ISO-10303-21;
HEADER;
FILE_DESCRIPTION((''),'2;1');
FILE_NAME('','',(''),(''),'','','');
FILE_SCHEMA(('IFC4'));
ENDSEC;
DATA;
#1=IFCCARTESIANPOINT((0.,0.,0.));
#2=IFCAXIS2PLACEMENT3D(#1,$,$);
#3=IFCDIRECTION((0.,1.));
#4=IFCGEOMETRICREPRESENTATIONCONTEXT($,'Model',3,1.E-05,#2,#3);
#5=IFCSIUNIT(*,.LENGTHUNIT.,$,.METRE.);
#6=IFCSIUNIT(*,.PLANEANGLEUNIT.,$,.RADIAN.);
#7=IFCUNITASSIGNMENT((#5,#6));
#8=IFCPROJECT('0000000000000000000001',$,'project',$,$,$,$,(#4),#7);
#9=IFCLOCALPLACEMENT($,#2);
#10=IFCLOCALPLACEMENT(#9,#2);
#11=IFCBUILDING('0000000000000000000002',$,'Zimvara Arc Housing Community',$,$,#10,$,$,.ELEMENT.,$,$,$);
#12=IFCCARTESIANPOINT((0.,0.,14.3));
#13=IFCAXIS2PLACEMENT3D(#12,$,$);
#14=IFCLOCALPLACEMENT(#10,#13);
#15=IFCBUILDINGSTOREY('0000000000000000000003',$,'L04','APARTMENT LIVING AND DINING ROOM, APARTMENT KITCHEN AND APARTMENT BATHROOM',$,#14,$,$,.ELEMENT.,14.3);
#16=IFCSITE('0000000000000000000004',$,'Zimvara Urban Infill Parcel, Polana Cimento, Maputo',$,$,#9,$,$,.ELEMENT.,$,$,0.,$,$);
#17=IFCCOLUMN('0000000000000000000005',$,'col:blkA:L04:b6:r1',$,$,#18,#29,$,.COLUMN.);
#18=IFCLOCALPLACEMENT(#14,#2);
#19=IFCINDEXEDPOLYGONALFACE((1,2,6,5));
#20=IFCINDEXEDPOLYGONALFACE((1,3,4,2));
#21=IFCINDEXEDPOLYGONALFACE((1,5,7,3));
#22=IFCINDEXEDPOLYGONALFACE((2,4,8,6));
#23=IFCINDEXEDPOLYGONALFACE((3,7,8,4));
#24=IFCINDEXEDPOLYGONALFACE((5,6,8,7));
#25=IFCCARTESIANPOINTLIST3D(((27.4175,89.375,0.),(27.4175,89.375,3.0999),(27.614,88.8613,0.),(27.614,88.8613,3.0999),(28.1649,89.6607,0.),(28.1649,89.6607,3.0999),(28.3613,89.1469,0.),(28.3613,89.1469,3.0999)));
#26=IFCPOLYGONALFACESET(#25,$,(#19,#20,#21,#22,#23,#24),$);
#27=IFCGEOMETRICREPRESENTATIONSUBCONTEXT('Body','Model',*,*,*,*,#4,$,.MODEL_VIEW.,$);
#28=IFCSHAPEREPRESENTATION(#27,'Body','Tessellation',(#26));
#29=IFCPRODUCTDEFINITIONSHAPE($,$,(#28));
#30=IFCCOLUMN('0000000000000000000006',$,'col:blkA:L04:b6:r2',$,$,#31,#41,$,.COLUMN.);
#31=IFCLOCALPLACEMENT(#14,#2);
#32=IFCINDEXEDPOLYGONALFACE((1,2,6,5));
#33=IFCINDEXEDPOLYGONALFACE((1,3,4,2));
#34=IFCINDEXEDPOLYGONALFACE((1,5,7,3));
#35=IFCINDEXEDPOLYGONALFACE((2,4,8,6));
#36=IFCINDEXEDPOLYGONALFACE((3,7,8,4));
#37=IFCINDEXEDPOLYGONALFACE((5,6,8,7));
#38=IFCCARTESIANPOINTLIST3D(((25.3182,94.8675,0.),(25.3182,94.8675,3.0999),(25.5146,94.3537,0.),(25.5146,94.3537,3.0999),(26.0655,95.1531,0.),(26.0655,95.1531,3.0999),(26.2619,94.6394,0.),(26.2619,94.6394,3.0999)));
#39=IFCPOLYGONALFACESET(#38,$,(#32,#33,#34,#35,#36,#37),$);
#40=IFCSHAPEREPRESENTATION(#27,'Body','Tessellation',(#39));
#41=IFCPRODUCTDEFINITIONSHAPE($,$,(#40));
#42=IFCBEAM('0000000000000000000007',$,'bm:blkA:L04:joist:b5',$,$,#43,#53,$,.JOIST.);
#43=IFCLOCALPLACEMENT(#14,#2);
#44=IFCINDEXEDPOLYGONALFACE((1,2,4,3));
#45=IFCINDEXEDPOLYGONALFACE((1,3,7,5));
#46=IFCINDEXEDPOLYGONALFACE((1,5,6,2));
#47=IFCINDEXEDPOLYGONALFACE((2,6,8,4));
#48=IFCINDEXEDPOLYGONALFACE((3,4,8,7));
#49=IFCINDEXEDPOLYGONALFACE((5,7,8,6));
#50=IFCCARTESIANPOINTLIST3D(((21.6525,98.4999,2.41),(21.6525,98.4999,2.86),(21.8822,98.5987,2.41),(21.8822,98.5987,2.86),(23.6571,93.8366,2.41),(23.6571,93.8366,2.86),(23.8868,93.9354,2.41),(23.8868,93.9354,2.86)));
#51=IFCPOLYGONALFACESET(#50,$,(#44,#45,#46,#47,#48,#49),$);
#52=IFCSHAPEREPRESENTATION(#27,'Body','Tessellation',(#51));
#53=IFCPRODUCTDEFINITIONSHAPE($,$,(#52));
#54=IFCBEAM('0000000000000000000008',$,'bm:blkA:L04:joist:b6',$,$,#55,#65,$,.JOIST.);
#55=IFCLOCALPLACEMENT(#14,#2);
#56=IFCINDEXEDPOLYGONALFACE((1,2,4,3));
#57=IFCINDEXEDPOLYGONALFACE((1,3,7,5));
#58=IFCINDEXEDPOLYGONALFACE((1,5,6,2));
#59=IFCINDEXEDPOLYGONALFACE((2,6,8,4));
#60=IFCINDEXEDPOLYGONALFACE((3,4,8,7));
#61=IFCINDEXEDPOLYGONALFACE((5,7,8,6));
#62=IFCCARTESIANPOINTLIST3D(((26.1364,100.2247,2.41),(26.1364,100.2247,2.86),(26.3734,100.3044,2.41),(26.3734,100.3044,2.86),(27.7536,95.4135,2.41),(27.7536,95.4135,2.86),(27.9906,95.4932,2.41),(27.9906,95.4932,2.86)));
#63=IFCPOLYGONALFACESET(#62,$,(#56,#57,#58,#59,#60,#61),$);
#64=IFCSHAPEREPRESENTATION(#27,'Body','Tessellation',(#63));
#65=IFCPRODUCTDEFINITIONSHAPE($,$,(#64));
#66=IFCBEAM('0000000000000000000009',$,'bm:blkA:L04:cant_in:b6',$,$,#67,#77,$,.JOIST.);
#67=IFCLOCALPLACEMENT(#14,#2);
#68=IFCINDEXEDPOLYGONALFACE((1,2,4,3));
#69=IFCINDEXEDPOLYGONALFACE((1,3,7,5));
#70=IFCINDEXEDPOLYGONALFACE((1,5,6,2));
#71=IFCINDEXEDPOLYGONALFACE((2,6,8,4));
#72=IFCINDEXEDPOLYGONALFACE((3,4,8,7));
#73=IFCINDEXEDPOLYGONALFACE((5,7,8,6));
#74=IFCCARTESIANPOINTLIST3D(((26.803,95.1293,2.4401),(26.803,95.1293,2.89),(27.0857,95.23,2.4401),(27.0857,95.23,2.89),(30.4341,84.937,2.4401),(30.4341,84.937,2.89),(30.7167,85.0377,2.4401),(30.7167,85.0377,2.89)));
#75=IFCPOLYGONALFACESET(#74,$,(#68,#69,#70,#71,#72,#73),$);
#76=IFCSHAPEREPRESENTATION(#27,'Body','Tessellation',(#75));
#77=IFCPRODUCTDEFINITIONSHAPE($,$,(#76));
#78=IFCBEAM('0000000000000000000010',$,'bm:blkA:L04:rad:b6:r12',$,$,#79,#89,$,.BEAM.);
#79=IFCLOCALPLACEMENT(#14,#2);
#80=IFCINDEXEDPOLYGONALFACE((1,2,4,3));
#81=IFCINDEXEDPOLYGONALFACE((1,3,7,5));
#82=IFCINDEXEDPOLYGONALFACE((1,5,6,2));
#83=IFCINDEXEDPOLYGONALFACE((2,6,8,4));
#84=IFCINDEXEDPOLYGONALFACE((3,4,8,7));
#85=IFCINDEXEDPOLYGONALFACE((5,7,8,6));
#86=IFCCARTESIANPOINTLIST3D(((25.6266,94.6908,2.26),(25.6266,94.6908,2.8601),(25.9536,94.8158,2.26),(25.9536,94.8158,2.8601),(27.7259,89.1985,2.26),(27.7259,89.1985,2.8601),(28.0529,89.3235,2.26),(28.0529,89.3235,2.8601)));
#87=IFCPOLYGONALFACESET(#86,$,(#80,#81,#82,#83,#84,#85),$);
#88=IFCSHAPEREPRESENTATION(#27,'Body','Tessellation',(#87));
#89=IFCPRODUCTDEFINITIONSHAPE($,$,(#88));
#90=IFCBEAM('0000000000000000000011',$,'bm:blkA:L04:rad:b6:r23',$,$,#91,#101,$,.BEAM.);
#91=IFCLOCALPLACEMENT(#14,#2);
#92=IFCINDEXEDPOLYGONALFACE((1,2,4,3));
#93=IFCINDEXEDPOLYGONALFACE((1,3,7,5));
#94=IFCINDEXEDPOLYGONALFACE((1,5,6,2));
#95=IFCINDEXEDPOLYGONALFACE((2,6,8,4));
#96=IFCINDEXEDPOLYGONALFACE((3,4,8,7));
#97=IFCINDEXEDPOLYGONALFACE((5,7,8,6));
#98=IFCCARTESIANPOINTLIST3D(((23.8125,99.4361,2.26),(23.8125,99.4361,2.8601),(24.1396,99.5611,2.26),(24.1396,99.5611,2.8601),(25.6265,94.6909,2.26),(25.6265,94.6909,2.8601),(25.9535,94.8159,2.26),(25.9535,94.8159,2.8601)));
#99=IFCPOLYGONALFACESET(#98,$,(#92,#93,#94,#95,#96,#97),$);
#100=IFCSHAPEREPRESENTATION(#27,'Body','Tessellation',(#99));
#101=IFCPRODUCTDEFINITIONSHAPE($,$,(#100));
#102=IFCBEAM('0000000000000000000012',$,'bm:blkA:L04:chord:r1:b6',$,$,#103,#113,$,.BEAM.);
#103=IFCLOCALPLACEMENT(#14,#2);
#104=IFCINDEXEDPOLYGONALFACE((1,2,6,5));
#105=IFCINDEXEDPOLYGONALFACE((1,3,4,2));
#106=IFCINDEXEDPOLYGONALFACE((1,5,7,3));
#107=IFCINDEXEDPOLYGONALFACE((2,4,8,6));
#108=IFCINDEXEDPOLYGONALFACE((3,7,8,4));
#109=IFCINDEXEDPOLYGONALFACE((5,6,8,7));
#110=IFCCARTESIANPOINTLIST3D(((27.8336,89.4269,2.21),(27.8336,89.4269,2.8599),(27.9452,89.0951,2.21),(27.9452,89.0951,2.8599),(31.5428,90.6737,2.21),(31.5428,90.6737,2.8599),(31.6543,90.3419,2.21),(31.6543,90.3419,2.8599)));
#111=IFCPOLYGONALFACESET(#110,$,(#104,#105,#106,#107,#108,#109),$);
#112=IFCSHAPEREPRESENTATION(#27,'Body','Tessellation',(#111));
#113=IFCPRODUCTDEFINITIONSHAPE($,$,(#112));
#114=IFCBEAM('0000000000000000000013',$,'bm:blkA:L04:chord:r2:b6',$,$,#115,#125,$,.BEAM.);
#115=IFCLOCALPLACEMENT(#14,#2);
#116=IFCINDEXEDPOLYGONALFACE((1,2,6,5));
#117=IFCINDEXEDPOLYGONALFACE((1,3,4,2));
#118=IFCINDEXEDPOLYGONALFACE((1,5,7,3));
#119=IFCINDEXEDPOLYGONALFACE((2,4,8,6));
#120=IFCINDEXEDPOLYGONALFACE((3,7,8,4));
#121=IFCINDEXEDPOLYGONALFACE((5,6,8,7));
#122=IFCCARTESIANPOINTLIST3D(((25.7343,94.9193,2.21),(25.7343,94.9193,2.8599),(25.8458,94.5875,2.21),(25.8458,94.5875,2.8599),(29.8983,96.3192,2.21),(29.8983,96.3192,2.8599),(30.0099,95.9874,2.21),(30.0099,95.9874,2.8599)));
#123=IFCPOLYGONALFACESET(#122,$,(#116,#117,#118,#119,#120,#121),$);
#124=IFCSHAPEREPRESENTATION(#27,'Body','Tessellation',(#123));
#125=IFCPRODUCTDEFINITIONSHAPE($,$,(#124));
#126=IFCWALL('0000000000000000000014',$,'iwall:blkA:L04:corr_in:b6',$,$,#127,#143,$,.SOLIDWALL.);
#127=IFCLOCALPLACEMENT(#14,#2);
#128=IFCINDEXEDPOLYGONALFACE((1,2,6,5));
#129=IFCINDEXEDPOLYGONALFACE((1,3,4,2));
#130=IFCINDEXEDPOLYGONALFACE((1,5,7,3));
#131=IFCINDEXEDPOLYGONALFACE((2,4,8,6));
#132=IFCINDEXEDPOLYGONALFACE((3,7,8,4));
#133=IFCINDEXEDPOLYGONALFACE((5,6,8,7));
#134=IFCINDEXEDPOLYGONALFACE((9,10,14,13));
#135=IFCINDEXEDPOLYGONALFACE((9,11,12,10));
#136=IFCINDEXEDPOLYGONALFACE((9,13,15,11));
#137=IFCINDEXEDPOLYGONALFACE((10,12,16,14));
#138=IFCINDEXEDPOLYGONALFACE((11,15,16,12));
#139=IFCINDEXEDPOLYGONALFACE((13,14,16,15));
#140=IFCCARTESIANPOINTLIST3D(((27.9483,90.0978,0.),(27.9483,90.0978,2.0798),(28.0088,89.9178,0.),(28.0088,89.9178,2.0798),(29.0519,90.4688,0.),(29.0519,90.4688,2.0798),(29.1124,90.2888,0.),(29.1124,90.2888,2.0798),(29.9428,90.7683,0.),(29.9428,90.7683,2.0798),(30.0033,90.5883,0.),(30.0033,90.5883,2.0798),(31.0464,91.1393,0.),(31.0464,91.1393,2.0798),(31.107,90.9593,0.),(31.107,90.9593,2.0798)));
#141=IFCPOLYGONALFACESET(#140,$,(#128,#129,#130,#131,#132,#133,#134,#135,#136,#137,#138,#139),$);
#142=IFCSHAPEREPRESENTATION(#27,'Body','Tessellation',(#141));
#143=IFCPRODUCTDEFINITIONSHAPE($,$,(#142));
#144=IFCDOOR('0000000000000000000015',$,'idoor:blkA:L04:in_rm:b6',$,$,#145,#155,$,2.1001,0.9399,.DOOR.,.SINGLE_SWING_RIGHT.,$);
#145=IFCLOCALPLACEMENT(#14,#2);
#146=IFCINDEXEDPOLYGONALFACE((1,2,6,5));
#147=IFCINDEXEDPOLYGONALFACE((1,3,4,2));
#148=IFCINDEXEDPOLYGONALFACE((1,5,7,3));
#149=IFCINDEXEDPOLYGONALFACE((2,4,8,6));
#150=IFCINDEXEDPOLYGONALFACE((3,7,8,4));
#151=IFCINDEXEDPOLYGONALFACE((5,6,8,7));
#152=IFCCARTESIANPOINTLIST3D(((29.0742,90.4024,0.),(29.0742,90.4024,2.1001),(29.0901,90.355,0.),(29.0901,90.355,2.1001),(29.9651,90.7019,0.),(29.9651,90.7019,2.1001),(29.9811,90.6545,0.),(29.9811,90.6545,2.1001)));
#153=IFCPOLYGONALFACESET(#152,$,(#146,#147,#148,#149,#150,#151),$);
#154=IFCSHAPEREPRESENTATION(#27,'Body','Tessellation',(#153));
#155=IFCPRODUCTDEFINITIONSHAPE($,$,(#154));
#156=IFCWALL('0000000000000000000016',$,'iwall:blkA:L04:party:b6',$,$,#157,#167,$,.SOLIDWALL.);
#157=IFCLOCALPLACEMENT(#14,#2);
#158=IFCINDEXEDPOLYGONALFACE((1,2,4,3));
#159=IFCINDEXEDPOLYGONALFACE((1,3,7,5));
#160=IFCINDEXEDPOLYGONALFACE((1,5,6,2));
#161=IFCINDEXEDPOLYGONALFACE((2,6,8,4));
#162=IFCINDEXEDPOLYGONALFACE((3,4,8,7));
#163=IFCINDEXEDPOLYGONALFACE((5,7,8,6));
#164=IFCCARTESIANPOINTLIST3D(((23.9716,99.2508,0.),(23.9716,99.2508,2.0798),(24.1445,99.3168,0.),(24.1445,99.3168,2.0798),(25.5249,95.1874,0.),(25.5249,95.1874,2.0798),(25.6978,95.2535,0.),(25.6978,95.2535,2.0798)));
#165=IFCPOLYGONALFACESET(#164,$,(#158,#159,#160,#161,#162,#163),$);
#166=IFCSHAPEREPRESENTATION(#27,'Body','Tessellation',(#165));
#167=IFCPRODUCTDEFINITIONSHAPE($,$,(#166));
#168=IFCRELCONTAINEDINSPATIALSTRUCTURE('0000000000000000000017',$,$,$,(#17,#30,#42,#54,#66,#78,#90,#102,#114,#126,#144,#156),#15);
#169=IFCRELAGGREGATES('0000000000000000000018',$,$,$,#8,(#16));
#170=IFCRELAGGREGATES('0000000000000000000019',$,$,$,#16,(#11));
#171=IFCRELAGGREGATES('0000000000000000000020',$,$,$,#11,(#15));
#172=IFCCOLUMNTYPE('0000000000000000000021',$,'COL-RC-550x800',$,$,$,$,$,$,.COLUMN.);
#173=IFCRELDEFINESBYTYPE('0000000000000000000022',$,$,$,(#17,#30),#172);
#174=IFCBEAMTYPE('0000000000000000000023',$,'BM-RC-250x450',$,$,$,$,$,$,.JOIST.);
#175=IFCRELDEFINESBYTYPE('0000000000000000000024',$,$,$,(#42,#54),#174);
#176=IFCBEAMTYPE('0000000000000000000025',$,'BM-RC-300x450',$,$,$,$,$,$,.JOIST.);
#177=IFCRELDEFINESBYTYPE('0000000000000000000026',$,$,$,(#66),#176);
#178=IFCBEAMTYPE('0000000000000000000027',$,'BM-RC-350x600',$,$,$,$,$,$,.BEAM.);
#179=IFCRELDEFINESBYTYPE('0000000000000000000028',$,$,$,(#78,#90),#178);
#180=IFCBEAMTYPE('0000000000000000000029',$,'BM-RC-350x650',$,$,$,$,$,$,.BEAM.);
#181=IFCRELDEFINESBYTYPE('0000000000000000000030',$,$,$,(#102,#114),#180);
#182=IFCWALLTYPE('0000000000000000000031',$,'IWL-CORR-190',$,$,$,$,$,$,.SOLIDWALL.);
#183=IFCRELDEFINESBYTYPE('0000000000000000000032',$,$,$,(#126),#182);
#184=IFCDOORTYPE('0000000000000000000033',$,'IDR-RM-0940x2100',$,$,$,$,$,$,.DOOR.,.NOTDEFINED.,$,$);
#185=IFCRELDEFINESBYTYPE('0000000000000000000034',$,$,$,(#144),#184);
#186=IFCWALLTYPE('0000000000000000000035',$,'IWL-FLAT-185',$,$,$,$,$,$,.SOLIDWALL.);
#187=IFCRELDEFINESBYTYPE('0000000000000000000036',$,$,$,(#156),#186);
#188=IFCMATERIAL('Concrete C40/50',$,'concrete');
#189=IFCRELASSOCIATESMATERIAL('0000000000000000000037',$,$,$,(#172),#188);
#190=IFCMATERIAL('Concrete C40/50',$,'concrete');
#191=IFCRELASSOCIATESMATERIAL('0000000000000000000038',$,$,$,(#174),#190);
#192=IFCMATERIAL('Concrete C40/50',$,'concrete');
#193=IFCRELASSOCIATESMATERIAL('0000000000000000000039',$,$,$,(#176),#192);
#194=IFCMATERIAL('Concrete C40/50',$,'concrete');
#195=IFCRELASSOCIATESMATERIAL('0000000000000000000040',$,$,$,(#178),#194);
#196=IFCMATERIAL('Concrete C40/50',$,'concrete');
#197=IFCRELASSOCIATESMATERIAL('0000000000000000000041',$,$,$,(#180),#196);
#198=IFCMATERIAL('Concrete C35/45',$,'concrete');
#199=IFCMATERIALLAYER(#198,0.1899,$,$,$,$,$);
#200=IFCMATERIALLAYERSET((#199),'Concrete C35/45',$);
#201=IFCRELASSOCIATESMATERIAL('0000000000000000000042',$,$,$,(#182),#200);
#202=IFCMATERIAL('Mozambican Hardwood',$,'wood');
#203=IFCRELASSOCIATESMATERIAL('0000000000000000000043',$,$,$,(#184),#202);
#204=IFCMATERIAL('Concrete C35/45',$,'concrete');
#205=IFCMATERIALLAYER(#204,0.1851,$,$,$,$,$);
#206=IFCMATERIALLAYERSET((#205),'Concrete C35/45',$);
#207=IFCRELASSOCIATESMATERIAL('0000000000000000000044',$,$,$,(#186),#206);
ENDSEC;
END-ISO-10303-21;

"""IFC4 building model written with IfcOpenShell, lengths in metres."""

from ifc_helpers import new_model, si_unit, direction, frame, frame_2d, origin, origin_2d, place, context, subcontext, project, spatial, rectangle, extrude, material, layer, layer_set, material_profile, profile_set, type_object, element, fill, save


model = new_model("IFC4")

# Units and contexts
model_context = context("Model", 3, precision=1e-05, world=origin(), true_north=direction((0.0, 1.0)))
body_context = subcontext(model_context, "Body", "Model", "MODEL_VIEW")
ifc_project = project(units=[si_unit("LENGTHUNIT", "METRE"), si_unit("PLANEANGLEUNIT", "RADIAN")], contexts=[model_context])

# Site, building, storey
site_placement = place(None, origin())
site = spatial("IfcSite", under=ifc_project, at=site_placement, Name="Zimvara Urban Infill Parcel, Polana Cimento, Maputo", CompositionType="ELEMENT", RefElevation=0.0)
building_placement = place(site_placement, origin())
building = spatial("IfcBuilding", under=site, at=building_placement, Name="Zimvara Arc Housing Community", CompositionType="ELEMENT")
storey_placement = place(building_placement, frame((0.0, 0.0, 14.3)))
storey = spatial("IfcBuildingStorey", under=building, at=storey_placement, Name="L04", Description="APARTMENT LIVING AND DINING ROOM, APARTMENT KITCHEN AND APARTMENT BATHROOM", CompositionType="ELEMENT", Elevation=14.3)

# Columns
ifc_material_1 = material(Name="Concrete C40/50", Category="concrete")
ifc_material_profile_1 = material_profile(ifc_material_1, rectangle(XDim=0.55, YDim=0.8, at=origin_2d()), Name="RC 550x800")
ifc_profile_set_1 = profile_set([ifc_material_profile_1], Name="Concrete C40/50")
column_type = type_object("IfcColumnType", Name="COL-RC-550x800", PredefinedType="COLUMN", material=ifc_profile_set_1)
for number, where, z_axis, x_axis, name in (
    (1, (27.8894, 89.261, 0.0), (0.0, 0.0, 1.0), (-0.357064, 0.93408, 0.0), "col:blkA:L04:b6:r1"),
    (2, (25.79, 94.7534, 0.0), (0.0, 0.0, 1.0), (-0.357064, 0.93408, 0.0), "col:blkA:L04:b6:r2"),
):
    element("IfcColumn", number, at=place(storey_placement, frame(where, z_axis=z_axis, x_axis=x_axis)), inside=storey, type_object=column_type, Name=name, PredefinedType="COLUMN", context=body_context, shape_type="SweptSolid", body=[
        extrude(rectangle(XDim=0.55, YDim=0.8, at=origin_2d()), origin(), (0.0, 0.0, 1.0), 3.0999),
    ])

# Beams
ifc_material_2 = material(Name="Concrete C40/50", Category="concrete")
ifc_material_profile_2 = material_profile(ifc_material_2, rectangle(XDim=0.25, YDim=0.45, at=origin_2d()), Name="RC 250x450")
ifc_profile_set_2 = profile_set([ifc_material_profile_2], Name="Concrete C40/50")
beam_type_1 = type_object("IfcBeamType", Name="BM-RC-250x450", PredefinedType="JOIST", material=ifc_profile_set_2)
beam_1_placement = place(storey_placement, frame((23.772, 93.886, 2.635), z_axis=(-0.394929, 0.918712, 0.0), x_axis=(-0.918712, -0.394929, 0.0)))
element("IfcBeam", 3, at=beam_1_placement, inside=storey, type_object=beam_type_1, Name="bm:blkA:L04:joist:b5", PredefinedType="JOIST", context=body_context, shape_type="SweptSolid", body=[
    extrude(rectangle(XDim=0.25, YDim=0.45, at=origin_2d()), origin(), (0.0, 0.0, 1.0), 5.0759),
])
beam_2_placement = place(storey_placement, frame((27.8721, 95.4534, 2.635), z_axis=(-0.318608, 0.947887, 0.0), x_axis=(-0.947887, -0.318608, 0.0)))
element("IfcBeam", 4, at=beam_2_placement, inside=storey, type_object=beam_type_1, Name="bm:blkA:L04:joist:b6", PredefinedType="JOIST", context=body_context, shape_type="SweptSolid", body=[
    extrude(rectangle(XDim=0.25, YDim=0.45, at=origin_2d()), origin(), (0.0, 0.0, 1.0), 5.0757),
])
ifc_material_3 = material(Name="Concrete C40/50", Category="concrete")
ifc_material_profile_3 = material_profile(ifc_material_3, rectangle(XDim=0.3, YDim=0.45, at=origin_2d()), Name="RC 300x450")
ifc_profile_set_3 = profile_set([ifc_material_profile_3], Name="Concrete C40/50")
beam_type_2 = type_object("IfcBeamType", Name="BM-RC-300x450", PredefinedType="JOIST", material=ifc_profile_set_3)
beam_3_placement = place(storey_placement, frame((26.9443, 95.1797, 2.665), z_axis=(0.335596, -0.942006, 0.0), x_axis=(0.942006, 0.335596, 0.0)))
element("IfcBeam", 5, at=beam_3_placement, inside=storey, type_object=beam_type_2, Name="bm:blkA:L04:cant_in:b6", PredefinedType="JOIST", context=body_context, shape_type="SweptSolid", body=[
    extrude(rectangle(XDim=0.3, YDim=0.45, at=origin_2d()), origin(), (0.0, 0.0, 1.0), 10.8198),
])
ifc_material_4 = material(Name="Concrete C40/50", Category="concrete")
ifc_material_profile_4 = material_profile(ifc_material_4, rectangle(XDim=0.3501, YDim=0.6001, at=origin_2d()), Name="RC 350x600")
ifc_profile_set_4 = profile_set([ifc_material_profile_4], Name="Concrete C40/50")
beam_type_3 = type_object("IfcBeamType", Name="BM-RC-350x600", PredefinedType="BEAM", material=ifc_profile_set_4)
beam_4_placement = place(storey_placement, frame((27.8894, 89.261, 2.5601), z_axis=(-0.357036, 0.934091, 0.0), x_axis=(-0.934091, -0.357036, 0.0)))
element("IfcBeam", 6, at=beam_4_placement, inside=storey, type_object=beam_type_3, Name="bm:blkA:L04:rad:b6:r12", PredefinedType="BEAM", context=body_context, shape_type="SweptSolid", body=[
    extrude(rectangle(XDim=0.3501, YDim=0.6001, at=origin_2d()), origin(), (0.0, 0.0, 1.0), 5.8799),
])
beam_5_placement = place(storey_placement, frame((25.79, 94.7534, 2.5601), z_axis=(-0.357078, 0.934074, 0.0), x_axis=(-0.934074, -0.357078, 0.0)))
element("IfcBeam", 7, at=beam_5_placement, inside=storey, type_object=beam_type_3, Name="bm:blkA:L04:rad:b6:r23", PredefinedType="BEAM", context=body_context, shape_type="SweptSolid", body=[
    extrude(rectangle(XDim=0.3501, YDim=0.6001, at=origin_2d()), origin(), (0.0, 0.0, 1.0), 5.0801),
])
ifc_material_5 = material(Name="Concrete C40/50", Category="concrete")
ifc_material_profile_5 = material_profile(ifc_material_5, rectangle(XDim=0.3501, YDim=0.6499, at=origin_2d()), Name="RC 350x650")
ifc_profile_set_5 = profile_set([ifc_material_profile_5], Name="Concrete C40/50")
beam_type_4 = type_object("IfcBeamType", Name="BM-RC-350x650", PredefinedType="BEAM", material=ifc_profile_set_5)
beam_6_placement = place(storey_placement, frame((27.8894, 89.261, 2.5349), z_axis=(0.947882, 0.318623, 0.0), x_axis=(-0.318623, 0.947882, 0.0)))
element("IfcBeam", 8, at=beam_6_placement, inside=storey, type_object=beam_type_4, Name="bm:blkA:L04:chord:r1:b6", PredefinedType="BEAM", context=body_context, shape_type="SweptSolid", body=[
    extrude(rectangle(XDim=0.3501, YDim=0.6499, at=origin_2d()), origin(), (0.0, 0.0, 1.0), 3.9131),
])
beam_7_placement = place(storey_placement, frame((25.79, 94.7534, 2.5349), z_axis=(0.947869, 0.318661, 0.0), x_axis=(-0.318661, 0.947869, 0.0)))
element("IfcBeam", 9, at=beam_7_placement, inside=storey, type_object=beam_type_4, Name="bm:blkA:L04:chord:r2:b6", PredefinedType="BEAM", context=body_context, shape_type="SweptSolid", body=[
    extrude(rectangle(XDim=0.3501, YDim=0.6499, at=origin_2d()), origin(), (0.0, 0.0, 1.0), 4.3931),
])

# Wall, opening, door
ifc_material_6 = material(Name="Concrete C35/45", Category="concrete")
ifc_layer_1 = layer(ifc_material_6, 0.1899)
ifc_layer_set_1 = layer_set([ifc_layer_1], Name="Concrete C35/45")
wall_type_1 = type_object("IfcWallType", Name="IWL-CORR-190", PredefinedType="SOLIDWALL", material=ifc_layer_set_1)
wall_1_placement = place(storey_placement, frame((27.9785, 90.0078, 0.0), z_axis=(0.0, 0.0, 1.0), x_axis=(0.947874, 0.318647, 0.0)))
wall_1 = element("IfcWall", 10, at=wall_1_placement, inside=storey, type_object=wall_type_1, Name="iwall:blkA:L04:corr_in:b6", PredefinedType="SOLIDWALL", context=body_context, shape_type="SweptSolid", body=[
    extrude(rectangle(XDim=3.2686, YDim=0.1899, at=frame_2d((1.6343, 0.0))), origin(), (0.0, 0.0, 1.0), 2.0798),
])
opening_1_placement = place(wall_1_placement, frame((1.1643, 0.0, 0.0)))
opening_1 = element("IfcOpeningElement", 11, at=opening_1_placement, cuts=wall_1, PredefinedType="OPENING", context=body_context, shape_type="SweptSolid", body=[
    extrude(rectangle(XDim=0.9399, YDim=2.1001, at=frame_2d((0.47, 1.05))), frame((0.0, 0.105, 0.0), z_axis=(0.0, -1.0, 0.0), x_axis=(1.0, 0.0, 0.0)), (0.0, 0.0, 1.0), 0.21),
])
ifc_material_7 = material(Name="Mozambican Hardwood", Category="wood")
door_type_1 = type_object("IfcDoorType", Name="IDR-RM-0940x2100", OperationType="NOTDEFINED", PredefinedType="DOOR", material=ifc_material_7)
door_1_placement = place(opening_1_placement, origin())
door_1 = element("IfcDoor", 12, at=door_1_placement, inside=storey, type_object=door_type_1, Name="idoor:blkA:L04:in_rm:b6", OperationType="SINGLE_SWING_RIGHT", OverallHeight=2.1001, OverallWidth=0.9399, PredefinedType="DOOR", context=body_context, shape_type="SweptSolid", body=[
    extrude(rectangle(XDim=0.9399, YDim=2.1001, at=frame_2d((0.47, 1.05))), frame((0.0, 0.0249, 0.0), z_axis=(0.0, -1.0, 0.0), x_axis=(1.0, 0.0, 0.0)), (0.0, 0.0, 1.0), 0.05),
])
fill(opening_1, door_1)

# Wall
ifc_material_8 = material(Name="Concrete C35/45", Category="concrete")
ifc_layer_2 = layer(ifc_material_8, 0.1851)
ifc_layer_set_2 = layer_set([ifc_layer_2], Name="Concrete C35/45")
wall_type_2 = type_object("IfcWallType", Name="IWL-FLAT-185", PredefinedType="SOLIDWALL", material=ifc_layer_set_2)
wall_2_placement = place(storey_placement, frame((25.6113, 95.2205, 0.0), z_axis=(0.0, 0.0, 1.0), x_axis=(-0.357064, 0.93408, 0.0)))
element("IfcWall", 13, at=wall_2_placement, inside=storey, type_object=wall_type_2, Name="iwall:blkA:L04:party:b6", PredefinedType="SOLIDWALL", context=body_context, shape_type="SweptSolid", body=[
    extrude(rectangle(XDim=4.3501, YDim=0.1851, at=frame_2d((2.175, 0.0))), origin(), (0.0, 0.0, 1.0), 2.0798),
])

save(model, "model.ifc")
